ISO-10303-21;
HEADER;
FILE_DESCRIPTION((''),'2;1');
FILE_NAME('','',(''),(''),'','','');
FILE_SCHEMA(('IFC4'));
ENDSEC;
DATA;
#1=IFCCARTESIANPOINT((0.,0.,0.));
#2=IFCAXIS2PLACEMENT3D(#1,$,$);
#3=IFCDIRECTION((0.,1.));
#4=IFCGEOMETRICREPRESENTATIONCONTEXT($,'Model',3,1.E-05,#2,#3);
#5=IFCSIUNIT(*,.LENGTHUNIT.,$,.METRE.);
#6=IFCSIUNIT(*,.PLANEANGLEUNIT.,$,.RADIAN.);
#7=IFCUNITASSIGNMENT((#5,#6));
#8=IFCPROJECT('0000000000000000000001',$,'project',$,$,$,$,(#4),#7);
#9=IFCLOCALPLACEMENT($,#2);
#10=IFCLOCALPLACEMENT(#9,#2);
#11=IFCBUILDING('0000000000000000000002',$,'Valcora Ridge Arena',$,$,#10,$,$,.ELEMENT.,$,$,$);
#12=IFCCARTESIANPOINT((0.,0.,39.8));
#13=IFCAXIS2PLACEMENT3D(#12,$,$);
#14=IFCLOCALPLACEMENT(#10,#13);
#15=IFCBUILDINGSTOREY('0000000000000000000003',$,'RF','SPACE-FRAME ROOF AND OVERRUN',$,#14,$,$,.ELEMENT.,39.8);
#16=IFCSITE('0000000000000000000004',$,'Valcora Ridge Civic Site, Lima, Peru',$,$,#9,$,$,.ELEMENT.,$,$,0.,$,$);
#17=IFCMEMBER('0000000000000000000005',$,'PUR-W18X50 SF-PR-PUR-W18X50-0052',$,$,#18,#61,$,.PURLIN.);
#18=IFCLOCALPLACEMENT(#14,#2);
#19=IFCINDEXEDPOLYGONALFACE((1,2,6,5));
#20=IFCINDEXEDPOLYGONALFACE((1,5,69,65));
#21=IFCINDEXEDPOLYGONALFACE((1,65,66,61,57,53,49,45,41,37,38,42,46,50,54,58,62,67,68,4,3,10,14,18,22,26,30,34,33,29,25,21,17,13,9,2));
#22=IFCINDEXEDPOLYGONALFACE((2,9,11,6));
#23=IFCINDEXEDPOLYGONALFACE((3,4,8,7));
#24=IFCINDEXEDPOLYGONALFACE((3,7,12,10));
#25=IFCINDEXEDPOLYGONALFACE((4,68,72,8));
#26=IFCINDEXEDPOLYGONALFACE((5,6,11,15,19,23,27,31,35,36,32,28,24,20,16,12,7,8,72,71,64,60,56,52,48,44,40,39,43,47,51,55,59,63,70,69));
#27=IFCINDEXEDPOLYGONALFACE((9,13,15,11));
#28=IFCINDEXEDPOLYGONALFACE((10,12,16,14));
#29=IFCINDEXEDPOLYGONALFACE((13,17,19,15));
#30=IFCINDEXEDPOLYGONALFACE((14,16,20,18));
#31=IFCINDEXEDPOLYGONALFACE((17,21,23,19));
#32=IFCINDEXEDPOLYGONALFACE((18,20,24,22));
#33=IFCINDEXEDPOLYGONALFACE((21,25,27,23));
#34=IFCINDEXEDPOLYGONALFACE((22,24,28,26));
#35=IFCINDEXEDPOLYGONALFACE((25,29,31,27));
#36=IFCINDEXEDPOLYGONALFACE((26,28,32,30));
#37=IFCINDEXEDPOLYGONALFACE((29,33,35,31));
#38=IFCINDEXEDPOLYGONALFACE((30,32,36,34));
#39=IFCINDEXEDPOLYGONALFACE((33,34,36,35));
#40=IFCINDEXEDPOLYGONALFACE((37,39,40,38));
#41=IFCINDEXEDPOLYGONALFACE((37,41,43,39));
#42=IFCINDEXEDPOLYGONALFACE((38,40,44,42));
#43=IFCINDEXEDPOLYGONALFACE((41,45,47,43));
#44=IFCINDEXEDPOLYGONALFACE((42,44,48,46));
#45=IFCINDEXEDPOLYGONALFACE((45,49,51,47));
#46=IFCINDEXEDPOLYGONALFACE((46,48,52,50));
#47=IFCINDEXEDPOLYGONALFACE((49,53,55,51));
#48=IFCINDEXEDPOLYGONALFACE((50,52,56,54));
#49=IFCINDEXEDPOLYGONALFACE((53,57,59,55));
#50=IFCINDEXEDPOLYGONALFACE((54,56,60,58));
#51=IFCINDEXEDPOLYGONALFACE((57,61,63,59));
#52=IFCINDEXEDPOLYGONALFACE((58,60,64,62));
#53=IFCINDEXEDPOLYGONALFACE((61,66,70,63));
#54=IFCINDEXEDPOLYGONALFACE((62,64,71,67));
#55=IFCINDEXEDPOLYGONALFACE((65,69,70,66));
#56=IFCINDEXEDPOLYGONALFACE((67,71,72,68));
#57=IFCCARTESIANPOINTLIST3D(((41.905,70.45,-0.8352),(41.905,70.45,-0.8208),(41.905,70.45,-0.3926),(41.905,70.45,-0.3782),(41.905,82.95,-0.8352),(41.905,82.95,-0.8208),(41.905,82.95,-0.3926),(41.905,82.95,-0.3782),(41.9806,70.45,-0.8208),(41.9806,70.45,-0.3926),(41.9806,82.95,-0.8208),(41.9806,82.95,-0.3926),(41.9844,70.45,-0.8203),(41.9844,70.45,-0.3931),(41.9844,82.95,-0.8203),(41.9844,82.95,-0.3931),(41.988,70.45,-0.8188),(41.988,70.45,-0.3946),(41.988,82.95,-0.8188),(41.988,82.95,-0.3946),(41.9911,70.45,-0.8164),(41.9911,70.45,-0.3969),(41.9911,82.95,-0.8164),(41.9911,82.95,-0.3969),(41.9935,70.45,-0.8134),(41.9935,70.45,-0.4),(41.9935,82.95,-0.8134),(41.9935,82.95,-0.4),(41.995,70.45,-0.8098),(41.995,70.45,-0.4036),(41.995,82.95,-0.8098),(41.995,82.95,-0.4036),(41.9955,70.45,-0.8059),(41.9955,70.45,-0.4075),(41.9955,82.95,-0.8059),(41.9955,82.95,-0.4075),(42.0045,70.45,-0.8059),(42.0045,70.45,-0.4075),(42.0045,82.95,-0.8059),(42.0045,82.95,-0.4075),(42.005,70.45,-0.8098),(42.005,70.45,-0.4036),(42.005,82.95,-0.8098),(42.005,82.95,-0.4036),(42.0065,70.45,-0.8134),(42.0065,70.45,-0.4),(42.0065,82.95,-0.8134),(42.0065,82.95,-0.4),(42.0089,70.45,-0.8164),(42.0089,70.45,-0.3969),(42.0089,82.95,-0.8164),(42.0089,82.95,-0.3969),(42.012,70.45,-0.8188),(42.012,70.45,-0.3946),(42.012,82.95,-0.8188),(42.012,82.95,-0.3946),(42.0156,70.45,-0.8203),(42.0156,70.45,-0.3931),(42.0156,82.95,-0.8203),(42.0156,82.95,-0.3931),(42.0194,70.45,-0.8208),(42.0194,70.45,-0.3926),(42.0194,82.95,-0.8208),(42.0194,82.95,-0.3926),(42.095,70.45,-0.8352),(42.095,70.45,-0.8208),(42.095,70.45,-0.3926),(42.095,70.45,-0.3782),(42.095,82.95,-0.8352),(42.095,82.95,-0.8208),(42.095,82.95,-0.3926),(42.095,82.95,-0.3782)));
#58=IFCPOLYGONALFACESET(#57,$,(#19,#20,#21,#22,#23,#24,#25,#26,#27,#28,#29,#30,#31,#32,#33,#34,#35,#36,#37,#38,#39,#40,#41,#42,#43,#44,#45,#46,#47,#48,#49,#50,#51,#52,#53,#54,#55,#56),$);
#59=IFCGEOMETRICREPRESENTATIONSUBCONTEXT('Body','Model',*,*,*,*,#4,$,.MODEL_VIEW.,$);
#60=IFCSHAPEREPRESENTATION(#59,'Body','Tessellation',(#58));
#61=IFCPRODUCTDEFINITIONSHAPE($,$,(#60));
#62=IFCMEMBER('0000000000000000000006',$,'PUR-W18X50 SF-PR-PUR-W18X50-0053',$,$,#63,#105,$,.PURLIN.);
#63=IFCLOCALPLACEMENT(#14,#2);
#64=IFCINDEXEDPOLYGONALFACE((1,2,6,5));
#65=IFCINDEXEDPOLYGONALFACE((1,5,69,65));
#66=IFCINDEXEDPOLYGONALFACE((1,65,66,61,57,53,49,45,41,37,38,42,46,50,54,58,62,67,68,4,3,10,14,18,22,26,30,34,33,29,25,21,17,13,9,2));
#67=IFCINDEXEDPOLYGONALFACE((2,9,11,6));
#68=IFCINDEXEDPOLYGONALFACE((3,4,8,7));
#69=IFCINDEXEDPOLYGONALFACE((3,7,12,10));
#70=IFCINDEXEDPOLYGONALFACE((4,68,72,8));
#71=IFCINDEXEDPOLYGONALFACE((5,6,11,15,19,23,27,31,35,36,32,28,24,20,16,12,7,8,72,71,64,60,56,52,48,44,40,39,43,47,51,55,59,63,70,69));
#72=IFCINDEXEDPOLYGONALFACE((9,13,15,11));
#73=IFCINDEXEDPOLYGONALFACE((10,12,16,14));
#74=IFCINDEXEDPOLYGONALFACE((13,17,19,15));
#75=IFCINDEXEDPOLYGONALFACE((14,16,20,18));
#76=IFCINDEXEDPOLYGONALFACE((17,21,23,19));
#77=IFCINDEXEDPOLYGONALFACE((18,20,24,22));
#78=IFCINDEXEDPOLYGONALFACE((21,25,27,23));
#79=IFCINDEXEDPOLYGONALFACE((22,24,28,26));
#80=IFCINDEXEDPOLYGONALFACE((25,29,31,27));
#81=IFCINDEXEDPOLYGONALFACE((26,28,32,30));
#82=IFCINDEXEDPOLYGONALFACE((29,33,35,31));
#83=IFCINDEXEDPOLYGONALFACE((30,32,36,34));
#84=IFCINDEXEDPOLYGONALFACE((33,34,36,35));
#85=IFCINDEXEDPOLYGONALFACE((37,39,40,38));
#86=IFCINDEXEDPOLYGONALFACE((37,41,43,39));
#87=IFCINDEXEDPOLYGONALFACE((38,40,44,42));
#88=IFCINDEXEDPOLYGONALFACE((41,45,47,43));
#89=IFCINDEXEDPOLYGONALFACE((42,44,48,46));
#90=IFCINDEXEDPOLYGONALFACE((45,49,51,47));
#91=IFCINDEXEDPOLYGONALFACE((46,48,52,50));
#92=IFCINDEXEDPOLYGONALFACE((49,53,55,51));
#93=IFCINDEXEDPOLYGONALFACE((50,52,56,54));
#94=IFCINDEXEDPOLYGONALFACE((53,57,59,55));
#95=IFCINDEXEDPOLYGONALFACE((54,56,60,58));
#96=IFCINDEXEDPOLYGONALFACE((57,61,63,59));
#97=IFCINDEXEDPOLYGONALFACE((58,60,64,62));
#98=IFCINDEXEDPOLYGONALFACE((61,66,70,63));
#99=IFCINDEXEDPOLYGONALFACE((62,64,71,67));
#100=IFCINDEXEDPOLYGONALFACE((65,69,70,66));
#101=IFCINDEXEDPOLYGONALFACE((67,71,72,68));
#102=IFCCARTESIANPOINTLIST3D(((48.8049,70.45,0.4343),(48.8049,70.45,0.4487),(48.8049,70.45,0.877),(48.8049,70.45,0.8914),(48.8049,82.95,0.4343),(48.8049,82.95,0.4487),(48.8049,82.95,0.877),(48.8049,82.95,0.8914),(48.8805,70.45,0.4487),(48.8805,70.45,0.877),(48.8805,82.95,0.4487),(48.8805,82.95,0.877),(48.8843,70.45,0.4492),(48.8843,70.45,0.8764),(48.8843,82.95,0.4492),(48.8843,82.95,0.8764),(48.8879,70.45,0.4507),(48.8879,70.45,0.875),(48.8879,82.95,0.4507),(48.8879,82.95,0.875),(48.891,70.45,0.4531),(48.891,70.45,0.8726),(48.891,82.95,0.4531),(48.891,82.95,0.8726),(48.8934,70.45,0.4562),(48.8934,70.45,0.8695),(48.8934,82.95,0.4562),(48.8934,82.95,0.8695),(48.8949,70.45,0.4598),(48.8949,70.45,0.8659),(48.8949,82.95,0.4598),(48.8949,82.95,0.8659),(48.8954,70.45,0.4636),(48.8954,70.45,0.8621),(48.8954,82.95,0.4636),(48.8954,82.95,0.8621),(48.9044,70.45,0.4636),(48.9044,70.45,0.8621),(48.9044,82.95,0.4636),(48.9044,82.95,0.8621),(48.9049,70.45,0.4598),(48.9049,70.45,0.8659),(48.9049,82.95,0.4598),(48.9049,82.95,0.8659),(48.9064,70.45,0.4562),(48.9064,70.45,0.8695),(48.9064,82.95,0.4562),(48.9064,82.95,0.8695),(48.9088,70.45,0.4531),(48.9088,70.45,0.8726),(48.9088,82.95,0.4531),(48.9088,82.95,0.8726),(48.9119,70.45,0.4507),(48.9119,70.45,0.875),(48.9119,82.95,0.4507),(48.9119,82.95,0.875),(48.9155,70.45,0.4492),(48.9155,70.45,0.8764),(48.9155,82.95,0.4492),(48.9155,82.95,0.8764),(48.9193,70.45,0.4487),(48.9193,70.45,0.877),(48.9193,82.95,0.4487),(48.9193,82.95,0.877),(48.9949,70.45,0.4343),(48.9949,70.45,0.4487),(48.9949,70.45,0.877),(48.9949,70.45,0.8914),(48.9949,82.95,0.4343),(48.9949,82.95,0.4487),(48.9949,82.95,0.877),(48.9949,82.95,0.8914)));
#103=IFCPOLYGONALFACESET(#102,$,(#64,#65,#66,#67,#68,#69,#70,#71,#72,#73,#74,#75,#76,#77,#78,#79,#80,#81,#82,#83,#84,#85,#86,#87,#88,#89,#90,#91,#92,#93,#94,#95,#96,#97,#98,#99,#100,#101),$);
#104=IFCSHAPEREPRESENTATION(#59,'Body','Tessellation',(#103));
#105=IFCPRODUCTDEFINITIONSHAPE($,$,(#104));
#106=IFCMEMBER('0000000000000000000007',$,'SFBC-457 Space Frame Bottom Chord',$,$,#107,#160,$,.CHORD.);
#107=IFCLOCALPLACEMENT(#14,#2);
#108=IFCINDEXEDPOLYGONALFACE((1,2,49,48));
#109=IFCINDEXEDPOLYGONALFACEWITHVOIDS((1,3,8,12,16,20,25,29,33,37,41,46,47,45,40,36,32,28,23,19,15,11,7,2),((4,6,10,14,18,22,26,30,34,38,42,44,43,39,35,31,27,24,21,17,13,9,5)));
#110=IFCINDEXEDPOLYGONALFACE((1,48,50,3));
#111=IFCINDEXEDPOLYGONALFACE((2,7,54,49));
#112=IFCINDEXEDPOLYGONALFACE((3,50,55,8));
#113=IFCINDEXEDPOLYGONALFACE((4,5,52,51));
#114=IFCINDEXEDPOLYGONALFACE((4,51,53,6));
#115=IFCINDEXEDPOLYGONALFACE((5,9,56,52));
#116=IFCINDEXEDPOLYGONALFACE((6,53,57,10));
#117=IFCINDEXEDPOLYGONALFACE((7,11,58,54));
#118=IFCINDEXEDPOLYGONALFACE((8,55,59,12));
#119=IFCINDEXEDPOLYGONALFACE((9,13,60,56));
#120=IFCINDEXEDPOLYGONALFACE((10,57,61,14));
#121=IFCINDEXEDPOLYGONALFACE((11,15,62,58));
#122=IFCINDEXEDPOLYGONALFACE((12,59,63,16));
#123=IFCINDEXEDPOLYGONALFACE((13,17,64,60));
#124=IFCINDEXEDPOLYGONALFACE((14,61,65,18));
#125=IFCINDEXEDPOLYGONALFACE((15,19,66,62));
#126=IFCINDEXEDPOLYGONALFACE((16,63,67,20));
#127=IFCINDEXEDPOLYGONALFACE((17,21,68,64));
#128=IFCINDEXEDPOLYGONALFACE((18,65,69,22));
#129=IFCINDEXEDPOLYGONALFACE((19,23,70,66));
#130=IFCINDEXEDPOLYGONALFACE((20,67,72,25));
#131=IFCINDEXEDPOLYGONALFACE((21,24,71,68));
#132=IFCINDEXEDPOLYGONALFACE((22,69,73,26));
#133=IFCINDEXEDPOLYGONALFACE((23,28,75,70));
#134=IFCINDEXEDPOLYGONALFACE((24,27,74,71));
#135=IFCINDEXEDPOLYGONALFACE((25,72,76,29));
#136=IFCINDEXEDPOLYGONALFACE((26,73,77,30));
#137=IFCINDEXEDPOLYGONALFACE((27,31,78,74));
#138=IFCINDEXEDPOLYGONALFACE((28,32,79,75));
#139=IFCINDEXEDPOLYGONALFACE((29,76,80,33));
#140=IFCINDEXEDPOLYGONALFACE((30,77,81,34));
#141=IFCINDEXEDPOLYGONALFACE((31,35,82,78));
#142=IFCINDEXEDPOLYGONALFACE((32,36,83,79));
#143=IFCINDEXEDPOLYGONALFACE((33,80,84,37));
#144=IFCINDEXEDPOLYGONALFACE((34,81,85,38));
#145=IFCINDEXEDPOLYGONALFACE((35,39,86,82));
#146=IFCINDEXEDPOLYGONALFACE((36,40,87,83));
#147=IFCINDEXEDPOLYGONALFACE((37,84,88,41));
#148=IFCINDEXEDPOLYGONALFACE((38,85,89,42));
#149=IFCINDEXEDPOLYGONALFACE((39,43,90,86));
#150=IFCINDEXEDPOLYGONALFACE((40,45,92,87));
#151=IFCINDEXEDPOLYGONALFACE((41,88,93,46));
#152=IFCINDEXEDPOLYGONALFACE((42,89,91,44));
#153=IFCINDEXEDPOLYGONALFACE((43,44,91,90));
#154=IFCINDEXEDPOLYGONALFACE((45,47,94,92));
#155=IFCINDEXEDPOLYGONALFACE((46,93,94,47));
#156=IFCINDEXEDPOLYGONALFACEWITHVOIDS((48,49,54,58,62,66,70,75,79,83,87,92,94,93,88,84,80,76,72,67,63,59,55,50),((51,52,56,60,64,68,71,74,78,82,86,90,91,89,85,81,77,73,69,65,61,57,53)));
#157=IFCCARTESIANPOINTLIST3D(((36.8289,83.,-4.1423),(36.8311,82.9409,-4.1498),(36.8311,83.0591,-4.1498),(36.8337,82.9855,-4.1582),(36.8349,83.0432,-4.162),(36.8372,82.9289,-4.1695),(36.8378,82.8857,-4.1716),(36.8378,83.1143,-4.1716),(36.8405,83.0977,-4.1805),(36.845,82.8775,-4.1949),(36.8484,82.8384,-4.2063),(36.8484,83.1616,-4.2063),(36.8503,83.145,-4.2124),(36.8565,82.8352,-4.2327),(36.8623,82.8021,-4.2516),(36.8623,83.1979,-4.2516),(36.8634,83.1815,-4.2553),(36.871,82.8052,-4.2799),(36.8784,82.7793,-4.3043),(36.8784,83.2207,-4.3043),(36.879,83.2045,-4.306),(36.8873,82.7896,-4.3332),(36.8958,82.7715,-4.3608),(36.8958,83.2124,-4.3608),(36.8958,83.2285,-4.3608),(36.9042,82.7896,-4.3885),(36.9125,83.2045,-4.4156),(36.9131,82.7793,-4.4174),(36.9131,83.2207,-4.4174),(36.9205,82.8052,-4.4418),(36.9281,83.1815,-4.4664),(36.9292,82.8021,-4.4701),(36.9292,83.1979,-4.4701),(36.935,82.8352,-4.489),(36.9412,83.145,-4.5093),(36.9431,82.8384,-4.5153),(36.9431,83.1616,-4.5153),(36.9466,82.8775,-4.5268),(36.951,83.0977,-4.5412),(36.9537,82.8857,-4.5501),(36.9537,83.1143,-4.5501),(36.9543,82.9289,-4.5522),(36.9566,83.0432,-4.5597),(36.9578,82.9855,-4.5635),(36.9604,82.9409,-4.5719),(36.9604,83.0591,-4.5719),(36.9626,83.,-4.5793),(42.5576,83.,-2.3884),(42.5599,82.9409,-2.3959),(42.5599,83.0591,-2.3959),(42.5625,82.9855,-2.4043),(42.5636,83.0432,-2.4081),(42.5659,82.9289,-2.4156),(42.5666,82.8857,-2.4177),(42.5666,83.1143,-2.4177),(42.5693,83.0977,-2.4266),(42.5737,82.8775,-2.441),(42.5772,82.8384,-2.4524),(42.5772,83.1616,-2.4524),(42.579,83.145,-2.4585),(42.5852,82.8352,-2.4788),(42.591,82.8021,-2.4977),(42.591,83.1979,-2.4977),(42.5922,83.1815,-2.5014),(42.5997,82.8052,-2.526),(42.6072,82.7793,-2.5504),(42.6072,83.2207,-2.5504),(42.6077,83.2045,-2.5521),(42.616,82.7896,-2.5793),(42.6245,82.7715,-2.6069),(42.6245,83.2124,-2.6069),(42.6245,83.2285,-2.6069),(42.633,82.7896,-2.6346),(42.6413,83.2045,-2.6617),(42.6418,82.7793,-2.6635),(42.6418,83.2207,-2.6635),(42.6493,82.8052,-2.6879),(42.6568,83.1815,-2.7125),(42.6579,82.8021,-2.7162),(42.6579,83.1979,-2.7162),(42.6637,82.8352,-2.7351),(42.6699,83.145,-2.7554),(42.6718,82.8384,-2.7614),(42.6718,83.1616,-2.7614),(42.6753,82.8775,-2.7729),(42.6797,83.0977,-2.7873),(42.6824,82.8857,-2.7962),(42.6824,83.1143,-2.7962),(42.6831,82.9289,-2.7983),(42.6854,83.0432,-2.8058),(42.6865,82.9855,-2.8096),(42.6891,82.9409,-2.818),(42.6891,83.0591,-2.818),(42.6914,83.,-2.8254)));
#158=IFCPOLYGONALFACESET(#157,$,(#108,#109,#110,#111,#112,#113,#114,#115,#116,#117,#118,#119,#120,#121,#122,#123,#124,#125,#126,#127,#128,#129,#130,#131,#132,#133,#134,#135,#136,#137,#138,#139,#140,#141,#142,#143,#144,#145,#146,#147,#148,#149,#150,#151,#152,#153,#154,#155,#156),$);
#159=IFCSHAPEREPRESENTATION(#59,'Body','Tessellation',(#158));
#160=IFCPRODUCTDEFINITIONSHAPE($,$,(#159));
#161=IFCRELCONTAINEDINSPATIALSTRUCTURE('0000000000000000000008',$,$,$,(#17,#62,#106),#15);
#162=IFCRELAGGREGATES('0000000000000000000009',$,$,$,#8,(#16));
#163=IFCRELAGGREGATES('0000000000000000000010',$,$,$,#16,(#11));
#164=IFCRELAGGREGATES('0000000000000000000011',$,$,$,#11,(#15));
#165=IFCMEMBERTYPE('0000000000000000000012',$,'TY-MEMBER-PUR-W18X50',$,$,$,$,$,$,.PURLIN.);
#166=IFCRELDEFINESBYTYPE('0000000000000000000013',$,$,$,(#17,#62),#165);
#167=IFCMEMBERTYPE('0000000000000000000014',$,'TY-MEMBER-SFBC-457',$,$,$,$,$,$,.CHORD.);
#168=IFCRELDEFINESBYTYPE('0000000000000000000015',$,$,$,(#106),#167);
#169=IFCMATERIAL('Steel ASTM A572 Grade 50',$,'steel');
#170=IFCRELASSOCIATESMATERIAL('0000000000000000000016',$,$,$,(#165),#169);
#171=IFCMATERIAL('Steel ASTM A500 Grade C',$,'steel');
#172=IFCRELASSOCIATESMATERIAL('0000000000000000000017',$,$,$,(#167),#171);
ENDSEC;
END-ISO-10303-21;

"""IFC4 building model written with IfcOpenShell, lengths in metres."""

from ifc_helpers import new_model, si_unit, direction, frame, origin, origin_2d, place, context, subcontext, project, spatial, hollow_circle, i_section, extrude, material, material_profile, profile_set, type_object, element, save


model = new_model("IFC4")

# Units and contexts
model_context = context("Model", 3, precision=1e-05, world=origin(), true_north=direction((0.0, 1.0)))
body_context = subcontext(model_context, "Body", "Model", "MODEL_VIEW")
ifc_project = project(units=[si_unit("LENGTHUNIT", "METRE"), si_unit("PLANEANGLEUNIT", "RADIAN")], contexts=[model_context])

# Site, building, storey
site_placement = place(None, origin())
site = spatial("IfcSite", under=ifc_project, at=site_placement, Name="Valcora Ridge Civic Site, Lima, Peru", CompositionType="ELEMENT", RefElevation=0.0)
building_placement = place(site_placement, origin())
building = spatial("IfcBuilding", under=site, at=building_placement, Name="Valcora Ridge Arena", CompositionType="ELEMENT")
storey_placement = place(building_placement, frame((0.0, 0.0, 39.8)))
storey = spatial("IfcBuildingStorey", under=building, at=storey_placement, Name="RF", Description="SPACE-FRAME ROOF AND OVERRUN", CompositionType="ELEMENT", Elevation=39.8)

# Members
ifc_material_1 = material(Name="Steel ASTM A572 Grade 50", Category="steel")
ifc_material_profile_1 = material_profile(ifc_material_1, i_section(OverallWidth=0.1899, OverallDepth=0.457, WebThickness=0.009, FlangeThickness=0.0144, FilletRadius=0.0149, at=origin_2d()), Name="W18X50")
ifc_profile_set_1 = profile_set([ifc_material_profile_1], Name="Steel ASTM A572 Grade 50")
member_type_1 = type_object("IfcMemberType", Name="TY-MEMBER-PUR-W18X50", PredefinedType="PURLIN", material=ifc_profile_set_1)
for number, where, z_axis, x_axis, name in (
    (1, (42.0, 70.45, -0.6067), (0.0, 1.0, 0.0), (-1.0, 0.0, 0.0), "PUR-W18X50 SF-PR-PUR-W18X50-0052"),
    (2, (48.8999, 70.45, 0.6628), (0.0, 1.0, 0.0), (-1.0, 0.0, 0.0), "PUR-W18X50 SF-PR-PUR-W18X50-0053"),
):
    element("IfcMember", number, at=place(storey_placement, frame(where, z_axis=z_axis, x_axis=x_axis)), inside=storey, type_object=member_type_1, Name=name, PredefinedType="PURLIN", context=body_context, shape_type="SweptSolid", body=[
        extrude(i_section(OverallWidth=0.1899, OverallDepth=0.457, WebThickness=0.009, FlangeThickness=0.0144, FilletRadius=0.0149, at=origin_2d()), origin(), (0.0, 0.0, 1.0), 12.5),
    ])
ifc_material_2 = material(Name="Steel ASTM A500 Grade C", Category="steel")
ifc_material_profile_2 = material_profile(ifc_material_2, hollow_circle(Radius=0.2285, WallThickness=0.0161, at=origin_2d()), Name="CHS457X16")
ifc_profile_set_2 = profile_set([ifc_material_profile_2], Name="Steel ASTM A500 Grade C")
member_type_2 = type_object("IfcMemberType", Name="TY-MEMBER-SFBC-457", PredefinedType="CHORD", material=ifc_profile_set_2)
member_1_placement = place(storey_placement, frame((36.8958, 83.0, -4.3608), z_axis=(0.95619, 0.0, 0.292745), x_axis=(0.0, 1.0, 0.0)))
element("IfcMember", 3, at=member_1_placement, inside=storey, type_object=member_type_2, Name="SFBC-457 Space Frame Bottom Chord", PredefinedType="CHORD", context=body_context, shape_type="SweptSolid", body=[
    extrude(hollow_circle(Radius=0.2285, WallThickness=0.0161, at=origin_2d()), origin(), (0.0, 0.0, 1.0), 5.9912),
])

save(model, "model.ifc")
